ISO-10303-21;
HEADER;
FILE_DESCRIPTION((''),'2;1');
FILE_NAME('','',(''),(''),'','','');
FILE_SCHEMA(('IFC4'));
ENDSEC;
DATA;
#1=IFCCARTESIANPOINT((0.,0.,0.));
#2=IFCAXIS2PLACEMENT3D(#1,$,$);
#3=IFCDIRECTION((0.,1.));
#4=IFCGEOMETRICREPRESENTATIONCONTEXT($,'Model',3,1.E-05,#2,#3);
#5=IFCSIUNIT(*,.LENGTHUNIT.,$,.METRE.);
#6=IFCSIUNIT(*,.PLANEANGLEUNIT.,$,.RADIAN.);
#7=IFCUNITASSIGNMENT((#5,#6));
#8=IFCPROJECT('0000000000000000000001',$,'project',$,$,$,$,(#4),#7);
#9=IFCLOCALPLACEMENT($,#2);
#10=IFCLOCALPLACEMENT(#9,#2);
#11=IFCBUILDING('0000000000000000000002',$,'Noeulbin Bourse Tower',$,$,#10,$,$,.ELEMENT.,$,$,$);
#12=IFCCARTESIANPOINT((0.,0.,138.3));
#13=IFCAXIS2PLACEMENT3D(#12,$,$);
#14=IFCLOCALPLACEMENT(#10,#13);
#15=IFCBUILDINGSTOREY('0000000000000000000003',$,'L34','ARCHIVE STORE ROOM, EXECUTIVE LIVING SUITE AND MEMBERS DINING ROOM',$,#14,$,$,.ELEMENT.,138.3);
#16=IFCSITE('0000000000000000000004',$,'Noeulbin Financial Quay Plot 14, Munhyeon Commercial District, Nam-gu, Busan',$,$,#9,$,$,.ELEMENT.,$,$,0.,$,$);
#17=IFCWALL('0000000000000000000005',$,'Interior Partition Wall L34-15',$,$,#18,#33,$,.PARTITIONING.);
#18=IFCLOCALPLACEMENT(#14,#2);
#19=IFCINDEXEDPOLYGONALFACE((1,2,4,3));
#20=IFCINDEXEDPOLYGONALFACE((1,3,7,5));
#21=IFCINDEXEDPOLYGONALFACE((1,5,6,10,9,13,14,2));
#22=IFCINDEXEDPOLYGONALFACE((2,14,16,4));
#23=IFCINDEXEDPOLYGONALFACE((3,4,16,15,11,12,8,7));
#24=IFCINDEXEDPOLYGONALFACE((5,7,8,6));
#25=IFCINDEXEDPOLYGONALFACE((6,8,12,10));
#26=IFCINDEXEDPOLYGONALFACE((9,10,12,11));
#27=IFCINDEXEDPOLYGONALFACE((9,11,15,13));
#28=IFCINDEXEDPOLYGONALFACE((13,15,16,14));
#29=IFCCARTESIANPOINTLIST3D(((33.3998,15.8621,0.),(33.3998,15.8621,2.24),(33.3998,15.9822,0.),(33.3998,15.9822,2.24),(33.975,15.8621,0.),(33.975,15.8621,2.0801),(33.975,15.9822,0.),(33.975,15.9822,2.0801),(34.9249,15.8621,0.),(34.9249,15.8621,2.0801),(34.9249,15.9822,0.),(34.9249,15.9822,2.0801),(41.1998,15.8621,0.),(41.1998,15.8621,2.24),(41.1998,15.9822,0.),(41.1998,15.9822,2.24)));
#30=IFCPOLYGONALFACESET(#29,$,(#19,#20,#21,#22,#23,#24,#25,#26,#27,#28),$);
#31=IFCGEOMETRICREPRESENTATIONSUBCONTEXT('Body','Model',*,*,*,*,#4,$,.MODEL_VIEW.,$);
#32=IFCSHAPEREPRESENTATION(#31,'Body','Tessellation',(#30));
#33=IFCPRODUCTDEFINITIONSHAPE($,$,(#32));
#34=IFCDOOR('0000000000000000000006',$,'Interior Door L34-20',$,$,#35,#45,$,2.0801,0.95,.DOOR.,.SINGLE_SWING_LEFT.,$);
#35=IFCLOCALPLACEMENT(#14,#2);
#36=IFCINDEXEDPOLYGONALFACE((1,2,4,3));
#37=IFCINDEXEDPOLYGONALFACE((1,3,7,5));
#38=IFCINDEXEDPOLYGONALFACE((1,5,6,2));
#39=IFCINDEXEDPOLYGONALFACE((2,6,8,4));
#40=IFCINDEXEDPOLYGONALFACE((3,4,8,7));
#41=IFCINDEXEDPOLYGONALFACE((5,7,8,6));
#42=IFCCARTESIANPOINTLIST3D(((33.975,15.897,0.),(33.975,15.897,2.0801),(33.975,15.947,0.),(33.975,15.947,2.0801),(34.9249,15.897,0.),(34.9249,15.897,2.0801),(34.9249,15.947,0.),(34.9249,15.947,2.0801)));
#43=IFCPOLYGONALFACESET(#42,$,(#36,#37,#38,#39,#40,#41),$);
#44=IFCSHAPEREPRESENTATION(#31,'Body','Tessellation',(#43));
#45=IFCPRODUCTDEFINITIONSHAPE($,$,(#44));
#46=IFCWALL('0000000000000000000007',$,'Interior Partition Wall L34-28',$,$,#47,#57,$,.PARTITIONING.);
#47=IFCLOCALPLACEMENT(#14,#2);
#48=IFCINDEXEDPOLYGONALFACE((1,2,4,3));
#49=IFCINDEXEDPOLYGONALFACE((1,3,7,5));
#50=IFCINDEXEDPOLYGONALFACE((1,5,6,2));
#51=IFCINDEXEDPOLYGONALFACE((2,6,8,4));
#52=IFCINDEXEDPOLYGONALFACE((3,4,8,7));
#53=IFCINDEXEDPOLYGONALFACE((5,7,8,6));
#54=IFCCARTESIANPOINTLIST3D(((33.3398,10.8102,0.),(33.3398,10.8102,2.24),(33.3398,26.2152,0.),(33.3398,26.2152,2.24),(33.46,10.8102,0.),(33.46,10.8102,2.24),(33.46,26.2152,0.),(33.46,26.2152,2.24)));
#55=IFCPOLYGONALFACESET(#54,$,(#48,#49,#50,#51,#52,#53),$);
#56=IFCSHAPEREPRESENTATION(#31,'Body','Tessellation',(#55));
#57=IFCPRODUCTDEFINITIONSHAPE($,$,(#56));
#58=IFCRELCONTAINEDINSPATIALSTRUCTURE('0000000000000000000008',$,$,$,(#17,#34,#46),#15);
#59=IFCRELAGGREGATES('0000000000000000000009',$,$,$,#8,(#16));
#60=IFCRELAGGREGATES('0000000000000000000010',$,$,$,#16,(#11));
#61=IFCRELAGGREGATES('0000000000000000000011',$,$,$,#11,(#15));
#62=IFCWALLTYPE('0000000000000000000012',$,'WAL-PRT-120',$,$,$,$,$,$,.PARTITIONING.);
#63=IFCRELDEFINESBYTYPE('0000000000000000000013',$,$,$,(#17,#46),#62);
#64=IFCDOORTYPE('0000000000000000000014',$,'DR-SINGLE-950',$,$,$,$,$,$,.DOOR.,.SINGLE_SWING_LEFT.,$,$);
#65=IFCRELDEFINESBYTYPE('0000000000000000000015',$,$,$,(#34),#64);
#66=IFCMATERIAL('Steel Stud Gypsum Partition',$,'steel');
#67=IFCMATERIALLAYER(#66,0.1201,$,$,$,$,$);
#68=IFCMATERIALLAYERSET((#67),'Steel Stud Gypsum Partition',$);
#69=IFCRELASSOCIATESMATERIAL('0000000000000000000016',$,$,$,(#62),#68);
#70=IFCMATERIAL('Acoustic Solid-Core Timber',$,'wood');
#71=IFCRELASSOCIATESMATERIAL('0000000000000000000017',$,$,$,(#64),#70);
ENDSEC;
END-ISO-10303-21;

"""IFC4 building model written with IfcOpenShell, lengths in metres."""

from ifc_helpers import new_model, si_unit, direction, frame, frame_2d, origin, place, context, subcontext, project, spatial, rectangle, extrude, material, layer, layer_set, type_object, element, fill, save


model = new_model("IFC4")

# Units and contexts
model_context = context("Model", 3, precision=1e-05, world=origin(), true_north=direction((0.0, 1.0)))
body_context = subcontext(model_context, "Body", "Model", "MODEL_VIEW")
ifc_project = project(units=[si_unit("LENGTHUNIT", "METRE"), si_unit("PLANEANGLEUNIT", "RADIAN")], contexts=[model_context])

# Site, building, storey
site_placement = place(None, origin())
site = spatial("IfcSite", under=ifc_project, at=site_placement, Name="Noeulbin Financial Quay Plot 14, Munhyeon Commercial District, Nam-gu, Busan", CompositionType="ELEMENT", RefElevation=0.0)
building_placement = place(site_placement, origin())
building = spatial("IfcBuilding", under=site, at=building_placement, Name="Noeulbin Bourse Tower", CompositionType="ELEMENT")
storey_placement = place(building_placement, frame((0.0, 0.0, 138.3)))
storey = spatial("IfcBuildingStorey", under=building, at=storey_placement, Name="L34", Description="ARCHIVE STORE ROOM, EXECUTIVE LIVING SUITE AND MEMBERS DINING ROOM", CompositionType="ELEMENT", Elevation=138.3)

# Wall, opening, door
ifc_material_1 = material(Name="Steel Stud Gypsum Partition", Category="steel")
ifc_layer_1 = layer(ifc_material_1, 0.1201)
ifc_layer_set_1 = layer_set([ifc_layer_1], Name="Steel Stud Gypsum Partition")
wall_type = type_object("IfcWallType", Name="WAL-PRT-120", PredefinedType="PARTITIONING", material=ifc_layer_set_1)
wall_1_placement = place(storey_placement, frame((33.3999, 15.9221, 0.0), z_axis=(0.0, 0.0, 1.0), x_axis=(1.0, 0.0, 0.0)))
wall_1 = element("IfcWall", 1, at=wall_1_placement, inside=storey, type_object=wall_type, Name="Interior Partition Wall L34-15", PredefinedType="PARTITIONING", context=body_context, shape_type="SweptSolid", body=[
    extrude(rectangle(XDim=7.8, YDim=0.1201, at=frame_2d((3.8999, 0.0))), origin(), (0.0, 0.0, 1.0), 2.24),
])
opening_placement = place(wall_1_placement, frame((0.575, 0.0, 0.0)))
opening = element("IfcOpeningElement", 2, at=opening_placement, cuts=wall_1, PredefinedType="OPENING", context=body_context, shape_type="SweptSolid", body=[
    extrude(rectangle(XDim=0.95, YDim=2.0801, at=frame_2d((0.4751, 1.04))), frame((0.0, 0.0701, 0.0), z_axis=(0.0, -1.0, 0.0), x_axis=(1.0, 0.0, 0.0)), (0.0, 0.0, 1.0), 0.1401),
])
ifc_material_2 = material(Name="Acoustic Solid-Core Timber", Category="wood")
door_type = type_object("IfcDoorType", Name="DR-SINGLE-950", OperationType="SINGLE_SWING_LEFT", PredefinedType="DOOR", material=ifc_material_2)
door_placement = place(opening_placement, origin())
door = element("IfcDoor", 3, at=door_placement, inside=storey, type_object=door_type, Name="Interior Door L34-20", OperationType="SINGLE_SWING_LEFT", OverallHeight=2.0801, OverallWidth=0.95, PredefinedType="DOOR", context=body_context, shape_type="SweptSolid", body=[
    extrude(rectangle(XDim=0.95, YDim=2.0801, at=frame_2d((0.4751, 1.04))), frame((0.0, 0.0249, 0.0), z_axis=(0.0, -1.0, 0.0), x_axis=(1.0, 0.0, 0.0)), (0.0, 0.0, 1.0), 0.05),
])
fill(opening, door)

# Wall
wall_2_placement = place(storey_placement, frame((33.3999, 10.8101, 0.0), z_axis=(0.0, 0.0, 1.0), x_axis=(0.0, 1.0, 0.0)))
element("IfcWall", 4, at=wall_2_placement, inside=storey, type_object=wall_type, Name="Interior Partition Wall L34-28", PredefinedType="PARTITIONING", context=body_context, shape_type="SweptSolid", body=[
    extrude(rectangle(XDim=15.405, YDim=0.1201, at=frame_2d((7.7026, 0.0))), origin(), (0.0, 0.0, 1.0), 2.24),
])

save(model, "model.ifc")
